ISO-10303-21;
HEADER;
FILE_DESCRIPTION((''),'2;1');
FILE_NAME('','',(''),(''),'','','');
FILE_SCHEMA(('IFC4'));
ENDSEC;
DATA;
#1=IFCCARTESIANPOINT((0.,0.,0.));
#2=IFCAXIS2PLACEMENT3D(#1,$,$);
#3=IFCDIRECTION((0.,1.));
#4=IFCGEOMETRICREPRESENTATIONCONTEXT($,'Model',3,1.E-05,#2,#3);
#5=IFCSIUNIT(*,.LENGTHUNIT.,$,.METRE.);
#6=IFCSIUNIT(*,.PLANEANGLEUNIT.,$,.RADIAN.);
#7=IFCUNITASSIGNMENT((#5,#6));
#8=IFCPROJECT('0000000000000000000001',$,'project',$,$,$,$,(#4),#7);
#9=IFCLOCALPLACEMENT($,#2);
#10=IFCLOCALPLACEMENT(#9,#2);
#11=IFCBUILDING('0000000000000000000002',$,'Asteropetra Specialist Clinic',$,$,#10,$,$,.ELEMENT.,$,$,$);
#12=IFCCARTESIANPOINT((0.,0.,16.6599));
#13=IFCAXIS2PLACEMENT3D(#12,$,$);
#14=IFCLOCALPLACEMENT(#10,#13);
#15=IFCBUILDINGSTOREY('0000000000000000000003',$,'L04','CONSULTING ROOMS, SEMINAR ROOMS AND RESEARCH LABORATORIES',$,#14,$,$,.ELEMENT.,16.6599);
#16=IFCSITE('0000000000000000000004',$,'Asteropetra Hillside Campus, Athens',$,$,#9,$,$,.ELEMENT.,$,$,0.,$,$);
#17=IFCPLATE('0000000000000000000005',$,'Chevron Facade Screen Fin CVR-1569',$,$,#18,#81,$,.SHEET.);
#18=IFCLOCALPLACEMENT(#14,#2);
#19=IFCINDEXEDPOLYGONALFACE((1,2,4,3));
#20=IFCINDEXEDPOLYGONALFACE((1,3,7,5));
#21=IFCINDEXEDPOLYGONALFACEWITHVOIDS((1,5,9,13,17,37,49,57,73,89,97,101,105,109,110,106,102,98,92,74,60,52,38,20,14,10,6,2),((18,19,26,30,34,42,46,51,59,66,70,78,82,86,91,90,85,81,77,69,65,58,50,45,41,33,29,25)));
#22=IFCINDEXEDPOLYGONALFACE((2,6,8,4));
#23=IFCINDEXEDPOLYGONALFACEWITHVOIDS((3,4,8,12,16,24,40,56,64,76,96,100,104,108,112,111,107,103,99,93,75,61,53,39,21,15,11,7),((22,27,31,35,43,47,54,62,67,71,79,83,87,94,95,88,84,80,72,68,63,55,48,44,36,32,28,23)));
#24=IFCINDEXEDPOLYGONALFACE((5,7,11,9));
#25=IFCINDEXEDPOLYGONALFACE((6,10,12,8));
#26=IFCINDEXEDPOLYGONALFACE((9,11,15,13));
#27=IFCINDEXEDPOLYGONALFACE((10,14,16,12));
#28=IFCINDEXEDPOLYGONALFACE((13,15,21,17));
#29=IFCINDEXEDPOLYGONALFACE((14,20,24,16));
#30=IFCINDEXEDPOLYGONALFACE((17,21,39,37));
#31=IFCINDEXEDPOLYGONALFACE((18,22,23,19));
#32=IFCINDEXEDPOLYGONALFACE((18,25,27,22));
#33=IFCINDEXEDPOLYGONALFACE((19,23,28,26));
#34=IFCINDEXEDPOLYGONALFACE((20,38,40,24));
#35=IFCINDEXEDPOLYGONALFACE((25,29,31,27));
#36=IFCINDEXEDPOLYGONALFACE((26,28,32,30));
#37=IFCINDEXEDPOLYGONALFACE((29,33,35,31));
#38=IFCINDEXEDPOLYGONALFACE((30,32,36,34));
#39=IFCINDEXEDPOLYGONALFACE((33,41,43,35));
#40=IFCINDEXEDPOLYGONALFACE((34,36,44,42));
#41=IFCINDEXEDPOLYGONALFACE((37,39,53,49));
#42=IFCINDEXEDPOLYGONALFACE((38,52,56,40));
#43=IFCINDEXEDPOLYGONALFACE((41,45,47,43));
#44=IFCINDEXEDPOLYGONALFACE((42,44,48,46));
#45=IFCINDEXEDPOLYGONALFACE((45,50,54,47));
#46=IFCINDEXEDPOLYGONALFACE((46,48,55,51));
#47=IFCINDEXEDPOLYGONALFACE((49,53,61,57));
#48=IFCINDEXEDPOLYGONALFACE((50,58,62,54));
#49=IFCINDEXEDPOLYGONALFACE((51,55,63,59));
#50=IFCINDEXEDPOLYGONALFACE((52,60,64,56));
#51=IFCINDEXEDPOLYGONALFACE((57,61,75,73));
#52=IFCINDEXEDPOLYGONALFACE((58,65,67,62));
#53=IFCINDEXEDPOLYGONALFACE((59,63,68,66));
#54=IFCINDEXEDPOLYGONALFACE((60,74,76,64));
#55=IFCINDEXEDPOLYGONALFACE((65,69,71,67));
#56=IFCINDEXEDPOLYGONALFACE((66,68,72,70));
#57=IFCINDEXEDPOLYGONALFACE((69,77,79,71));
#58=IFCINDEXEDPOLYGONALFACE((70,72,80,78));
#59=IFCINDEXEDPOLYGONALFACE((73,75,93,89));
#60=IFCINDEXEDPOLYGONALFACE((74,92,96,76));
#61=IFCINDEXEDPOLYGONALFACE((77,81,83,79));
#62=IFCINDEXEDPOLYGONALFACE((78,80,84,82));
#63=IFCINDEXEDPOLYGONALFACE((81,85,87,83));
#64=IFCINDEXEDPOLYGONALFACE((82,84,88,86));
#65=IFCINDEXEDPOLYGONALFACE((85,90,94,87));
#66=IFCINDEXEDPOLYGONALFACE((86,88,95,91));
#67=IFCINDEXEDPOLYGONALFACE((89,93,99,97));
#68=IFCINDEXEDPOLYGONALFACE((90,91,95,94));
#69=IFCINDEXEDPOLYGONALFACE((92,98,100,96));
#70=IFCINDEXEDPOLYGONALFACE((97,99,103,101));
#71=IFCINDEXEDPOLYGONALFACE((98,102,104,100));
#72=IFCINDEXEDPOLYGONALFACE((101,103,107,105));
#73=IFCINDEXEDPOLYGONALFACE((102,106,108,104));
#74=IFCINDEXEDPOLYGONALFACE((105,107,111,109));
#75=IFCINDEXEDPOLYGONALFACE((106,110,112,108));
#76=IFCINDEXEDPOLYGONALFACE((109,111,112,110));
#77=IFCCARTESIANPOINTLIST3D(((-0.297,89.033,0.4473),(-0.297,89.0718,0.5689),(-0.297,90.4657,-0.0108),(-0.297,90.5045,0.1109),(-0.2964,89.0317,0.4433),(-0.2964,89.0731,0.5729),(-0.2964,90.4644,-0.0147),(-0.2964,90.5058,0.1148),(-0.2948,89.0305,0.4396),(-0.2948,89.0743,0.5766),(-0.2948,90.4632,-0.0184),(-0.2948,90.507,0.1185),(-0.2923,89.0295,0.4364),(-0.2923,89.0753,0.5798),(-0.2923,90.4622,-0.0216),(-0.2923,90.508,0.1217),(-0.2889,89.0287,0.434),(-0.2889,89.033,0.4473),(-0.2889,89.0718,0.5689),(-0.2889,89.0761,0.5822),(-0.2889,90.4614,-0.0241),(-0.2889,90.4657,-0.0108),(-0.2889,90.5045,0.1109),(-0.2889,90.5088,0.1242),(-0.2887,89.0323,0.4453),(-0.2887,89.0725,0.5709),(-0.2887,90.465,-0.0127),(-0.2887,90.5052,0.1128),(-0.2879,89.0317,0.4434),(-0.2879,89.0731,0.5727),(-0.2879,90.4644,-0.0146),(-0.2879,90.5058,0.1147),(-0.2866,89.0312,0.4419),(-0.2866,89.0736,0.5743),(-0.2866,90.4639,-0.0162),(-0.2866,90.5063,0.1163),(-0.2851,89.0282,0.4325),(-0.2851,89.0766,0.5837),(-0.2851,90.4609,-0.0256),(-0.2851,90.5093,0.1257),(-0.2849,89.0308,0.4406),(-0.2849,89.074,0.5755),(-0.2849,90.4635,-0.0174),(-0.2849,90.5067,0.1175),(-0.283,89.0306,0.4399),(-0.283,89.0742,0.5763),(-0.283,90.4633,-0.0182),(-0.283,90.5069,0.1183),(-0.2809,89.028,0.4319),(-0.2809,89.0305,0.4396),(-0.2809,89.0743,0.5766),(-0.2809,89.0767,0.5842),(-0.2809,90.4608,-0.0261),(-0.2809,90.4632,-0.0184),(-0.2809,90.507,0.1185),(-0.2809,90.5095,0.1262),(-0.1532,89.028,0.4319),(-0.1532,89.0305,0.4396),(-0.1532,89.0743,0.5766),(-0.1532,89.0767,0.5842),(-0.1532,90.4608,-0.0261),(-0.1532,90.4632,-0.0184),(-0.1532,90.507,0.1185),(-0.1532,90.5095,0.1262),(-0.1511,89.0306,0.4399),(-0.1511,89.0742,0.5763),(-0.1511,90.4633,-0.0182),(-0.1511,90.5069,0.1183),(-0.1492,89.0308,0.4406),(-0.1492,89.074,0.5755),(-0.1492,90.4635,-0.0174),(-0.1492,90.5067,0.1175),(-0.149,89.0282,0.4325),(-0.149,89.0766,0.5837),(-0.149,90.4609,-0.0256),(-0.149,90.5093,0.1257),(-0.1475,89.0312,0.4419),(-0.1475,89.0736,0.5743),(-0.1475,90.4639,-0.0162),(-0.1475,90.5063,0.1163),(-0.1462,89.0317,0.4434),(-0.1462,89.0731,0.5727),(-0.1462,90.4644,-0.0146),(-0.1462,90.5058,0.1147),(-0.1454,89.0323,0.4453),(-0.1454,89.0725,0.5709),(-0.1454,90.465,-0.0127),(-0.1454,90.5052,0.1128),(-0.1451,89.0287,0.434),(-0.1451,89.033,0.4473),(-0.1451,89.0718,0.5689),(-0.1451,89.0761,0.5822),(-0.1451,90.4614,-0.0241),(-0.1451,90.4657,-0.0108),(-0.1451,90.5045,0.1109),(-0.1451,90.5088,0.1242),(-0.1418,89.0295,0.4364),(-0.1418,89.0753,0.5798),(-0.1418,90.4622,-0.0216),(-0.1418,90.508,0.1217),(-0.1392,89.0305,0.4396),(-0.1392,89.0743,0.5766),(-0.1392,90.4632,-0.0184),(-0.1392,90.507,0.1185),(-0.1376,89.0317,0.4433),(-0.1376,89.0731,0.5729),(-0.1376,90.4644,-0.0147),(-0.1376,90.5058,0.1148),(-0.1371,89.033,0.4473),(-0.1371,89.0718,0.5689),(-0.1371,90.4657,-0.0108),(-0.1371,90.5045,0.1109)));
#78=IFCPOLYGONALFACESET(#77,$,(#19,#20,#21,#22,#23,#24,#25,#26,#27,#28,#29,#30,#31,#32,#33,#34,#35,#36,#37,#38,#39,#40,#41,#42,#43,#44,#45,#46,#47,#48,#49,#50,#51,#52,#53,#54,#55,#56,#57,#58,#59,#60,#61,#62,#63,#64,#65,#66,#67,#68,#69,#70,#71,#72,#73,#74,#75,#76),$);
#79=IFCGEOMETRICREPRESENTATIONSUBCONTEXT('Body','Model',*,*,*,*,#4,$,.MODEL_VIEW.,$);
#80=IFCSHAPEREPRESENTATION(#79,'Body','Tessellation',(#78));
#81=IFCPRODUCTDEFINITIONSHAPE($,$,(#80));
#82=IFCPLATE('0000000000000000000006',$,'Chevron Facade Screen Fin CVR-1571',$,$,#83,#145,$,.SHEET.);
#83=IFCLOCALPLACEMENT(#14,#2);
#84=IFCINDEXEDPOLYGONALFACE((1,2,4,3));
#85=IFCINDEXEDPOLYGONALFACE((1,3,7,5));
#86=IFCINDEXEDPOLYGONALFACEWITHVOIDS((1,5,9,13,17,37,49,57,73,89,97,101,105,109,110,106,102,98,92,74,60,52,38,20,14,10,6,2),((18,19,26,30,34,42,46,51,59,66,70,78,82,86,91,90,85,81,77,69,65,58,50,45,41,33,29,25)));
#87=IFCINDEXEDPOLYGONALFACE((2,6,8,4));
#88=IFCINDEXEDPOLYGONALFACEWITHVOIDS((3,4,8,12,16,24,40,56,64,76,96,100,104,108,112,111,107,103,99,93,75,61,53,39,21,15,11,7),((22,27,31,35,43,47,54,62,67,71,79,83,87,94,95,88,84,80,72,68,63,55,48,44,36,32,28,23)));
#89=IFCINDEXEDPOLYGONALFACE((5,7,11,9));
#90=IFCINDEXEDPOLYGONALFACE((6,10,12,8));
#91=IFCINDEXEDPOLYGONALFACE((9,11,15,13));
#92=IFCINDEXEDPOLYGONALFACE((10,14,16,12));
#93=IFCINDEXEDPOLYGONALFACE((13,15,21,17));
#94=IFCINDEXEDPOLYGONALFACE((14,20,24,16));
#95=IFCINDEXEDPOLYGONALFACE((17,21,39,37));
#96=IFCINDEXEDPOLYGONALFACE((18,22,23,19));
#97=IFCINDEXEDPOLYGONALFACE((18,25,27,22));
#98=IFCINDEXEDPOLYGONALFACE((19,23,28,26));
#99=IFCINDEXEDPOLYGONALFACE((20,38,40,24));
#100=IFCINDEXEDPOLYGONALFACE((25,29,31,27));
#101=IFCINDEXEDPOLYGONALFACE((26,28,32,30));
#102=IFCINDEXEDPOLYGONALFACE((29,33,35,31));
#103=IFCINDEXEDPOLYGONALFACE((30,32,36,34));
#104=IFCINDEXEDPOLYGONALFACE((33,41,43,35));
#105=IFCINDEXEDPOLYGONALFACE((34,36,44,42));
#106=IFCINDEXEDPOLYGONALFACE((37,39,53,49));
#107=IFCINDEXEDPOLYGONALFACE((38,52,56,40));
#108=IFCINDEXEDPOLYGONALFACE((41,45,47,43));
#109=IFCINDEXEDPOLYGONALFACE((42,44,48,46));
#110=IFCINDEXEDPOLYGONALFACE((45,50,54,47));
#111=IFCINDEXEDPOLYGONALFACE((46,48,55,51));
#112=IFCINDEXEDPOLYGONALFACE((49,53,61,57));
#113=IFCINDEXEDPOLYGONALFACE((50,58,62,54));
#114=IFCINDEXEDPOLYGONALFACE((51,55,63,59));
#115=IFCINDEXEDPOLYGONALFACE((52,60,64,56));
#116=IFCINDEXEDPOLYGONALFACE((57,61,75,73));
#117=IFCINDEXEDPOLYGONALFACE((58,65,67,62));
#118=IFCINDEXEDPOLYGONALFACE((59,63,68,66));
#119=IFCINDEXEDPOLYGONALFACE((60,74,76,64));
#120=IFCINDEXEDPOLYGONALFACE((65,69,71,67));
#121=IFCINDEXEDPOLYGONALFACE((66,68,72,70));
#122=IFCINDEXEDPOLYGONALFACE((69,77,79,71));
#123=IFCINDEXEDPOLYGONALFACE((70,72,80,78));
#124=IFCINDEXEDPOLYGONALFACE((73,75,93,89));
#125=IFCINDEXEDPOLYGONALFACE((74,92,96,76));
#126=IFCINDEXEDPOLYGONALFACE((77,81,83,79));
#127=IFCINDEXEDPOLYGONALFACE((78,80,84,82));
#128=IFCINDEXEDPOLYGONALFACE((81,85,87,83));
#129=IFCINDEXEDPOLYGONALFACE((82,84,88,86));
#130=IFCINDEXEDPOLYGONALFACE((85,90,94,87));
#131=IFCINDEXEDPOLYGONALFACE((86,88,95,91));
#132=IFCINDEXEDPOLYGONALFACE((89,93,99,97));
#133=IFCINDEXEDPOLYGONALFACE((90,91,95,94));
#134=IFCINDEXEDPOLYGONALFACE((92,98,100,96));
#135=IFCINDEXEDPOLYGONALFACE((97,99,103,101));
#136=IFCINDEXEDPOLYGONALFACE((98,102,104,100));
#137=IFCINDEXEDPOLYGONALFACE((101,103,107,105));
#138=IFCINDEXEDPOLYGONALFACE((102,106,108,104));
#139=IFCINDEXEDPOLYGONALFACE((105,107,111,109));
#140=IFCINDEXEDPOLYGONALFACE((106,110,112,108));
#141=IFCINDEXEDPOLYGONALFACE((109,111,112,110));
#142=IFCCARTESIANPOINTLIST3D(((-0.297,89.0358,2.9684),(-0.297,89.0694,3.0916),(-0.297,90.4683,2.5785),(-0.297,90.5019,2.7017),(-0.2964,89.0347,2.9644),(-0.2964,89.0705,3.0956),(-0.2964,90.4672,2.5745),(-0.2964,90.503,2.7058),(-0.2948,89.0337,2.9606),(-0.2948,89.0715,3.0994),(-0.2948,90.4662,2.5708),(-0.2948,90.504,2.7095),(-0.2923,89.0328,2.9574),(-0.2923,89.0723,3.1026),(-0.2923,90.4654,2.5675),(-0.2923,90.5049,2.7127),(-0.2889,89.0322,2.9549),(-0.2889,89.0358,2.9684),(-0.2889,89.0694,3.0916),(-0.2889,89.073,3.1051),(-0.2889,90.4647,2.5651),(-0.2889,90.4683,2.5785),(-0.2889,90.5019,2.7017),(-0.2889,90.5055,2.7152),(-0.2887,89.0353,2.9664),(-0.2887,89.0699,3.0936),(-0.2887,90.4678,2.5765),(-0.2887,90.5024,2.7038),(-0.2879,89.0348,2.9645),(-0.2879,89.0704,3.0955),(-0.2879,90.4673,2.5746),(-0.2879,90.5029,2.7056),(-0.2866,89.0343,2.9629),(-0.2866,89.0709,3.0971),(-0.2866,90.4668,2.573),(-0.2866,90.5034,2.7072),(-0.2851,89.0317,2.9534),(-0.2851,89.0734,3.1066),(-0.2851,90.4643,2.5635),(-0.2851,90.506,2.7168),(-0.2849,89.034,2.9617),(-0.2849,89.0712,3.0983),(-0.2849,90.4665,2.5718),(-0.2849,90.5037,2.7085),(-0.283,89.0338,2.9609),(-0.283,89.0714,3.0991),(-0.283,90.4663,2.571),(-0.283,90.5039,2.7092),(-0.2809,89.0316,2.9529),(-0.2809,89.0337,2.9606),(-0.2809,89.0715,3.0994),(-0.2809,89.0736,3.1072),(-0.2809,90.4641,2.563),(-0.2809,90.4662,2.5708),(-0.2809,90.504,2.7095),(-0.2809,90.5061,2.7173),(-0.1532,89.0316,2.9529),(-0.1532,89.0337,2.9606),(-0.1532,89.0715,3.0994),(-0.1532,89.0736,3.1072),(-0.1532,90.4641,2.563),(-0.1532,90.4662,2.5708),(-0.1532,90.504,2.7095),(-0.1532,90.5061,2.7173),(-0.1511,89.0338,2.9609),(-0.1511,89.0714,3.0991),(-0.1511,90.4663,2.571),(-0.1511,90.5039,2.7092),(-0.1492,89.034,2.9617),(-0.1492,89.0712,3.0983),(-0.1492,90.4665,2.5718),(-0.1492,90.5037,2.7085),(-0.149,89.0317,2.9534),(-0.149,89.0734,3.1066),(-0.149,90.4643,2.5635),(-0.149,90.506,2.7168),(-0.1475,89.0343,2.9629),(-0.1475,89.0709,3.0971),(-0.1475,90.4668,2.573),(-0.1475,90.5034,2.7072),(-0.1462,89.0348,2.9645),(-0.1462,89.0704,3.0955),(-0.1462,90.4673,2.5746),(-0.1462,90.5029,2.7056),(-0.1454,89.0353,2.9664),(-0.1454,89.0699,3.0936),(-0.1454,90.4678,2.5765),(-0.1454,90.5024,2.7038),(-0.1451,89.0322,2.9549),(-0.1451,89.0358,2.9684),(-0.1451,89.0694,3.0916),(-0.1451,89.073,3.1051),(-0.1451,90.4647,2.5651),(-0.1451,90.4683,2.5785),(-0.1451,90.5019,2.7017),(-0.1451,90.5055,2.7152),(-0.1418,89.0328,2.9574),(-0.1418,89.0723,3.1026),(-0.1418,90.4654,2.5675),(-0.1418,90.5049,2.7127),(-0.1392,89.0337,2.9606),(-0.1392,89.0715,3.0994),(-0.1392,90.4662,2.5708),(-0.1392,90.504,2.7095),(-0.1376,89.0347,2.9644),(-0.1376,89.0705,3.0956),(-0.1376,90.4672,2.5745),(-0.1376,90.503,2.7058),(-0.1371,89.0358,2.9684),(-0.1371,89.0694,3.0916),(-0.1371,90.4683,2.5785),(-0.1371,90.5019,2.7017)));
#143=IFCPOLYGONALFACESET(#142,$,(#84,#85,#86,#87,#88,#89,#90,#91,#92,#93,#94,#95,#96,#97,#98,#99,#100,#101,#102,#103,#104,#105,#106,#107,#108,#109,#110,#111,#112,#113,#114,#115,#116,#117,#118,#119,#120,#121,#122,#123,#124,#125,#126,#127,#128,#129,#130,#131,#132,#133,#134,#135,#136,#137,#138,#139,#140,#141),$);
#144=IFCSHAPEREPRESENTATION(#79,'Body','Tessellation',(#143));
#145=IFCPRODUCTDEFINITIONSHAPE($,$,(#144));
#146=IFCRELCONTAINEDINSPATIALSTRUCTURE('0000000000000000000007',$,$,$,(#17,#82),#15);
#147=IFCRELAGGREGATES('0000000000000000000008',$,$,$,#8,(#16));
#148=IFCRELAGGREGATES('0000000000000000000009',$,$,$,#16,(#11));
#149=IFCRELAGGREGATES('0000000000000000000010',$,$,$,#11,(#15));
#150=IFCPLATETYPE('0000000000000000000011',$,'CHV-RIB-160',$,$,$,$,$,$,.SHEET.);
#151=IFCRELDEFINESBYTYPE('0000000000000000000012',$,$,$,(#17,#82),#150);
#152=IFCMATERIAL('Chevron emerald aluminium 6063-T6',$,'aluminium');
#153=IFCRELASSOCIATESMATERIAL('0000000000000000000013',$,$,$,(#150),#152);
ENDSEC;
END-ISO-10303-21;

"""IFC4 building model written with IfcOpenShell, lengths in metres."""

from ifc_helpers import new_model, si_unit, direction, frame, origin, origin_2d, place, context, subcontext, project, spatial, hollow_rectangle, extrude, material, material_profile, profile_set, type_object, element, save


model = new_model("IFC4")

# Units and contexts
model_context = context("Model", 3, precision=1e-05, world=origin(), true_north=direction((0.0, 1.0)))
body_context = subcontext(model_context, "Body", "Model", "MODEL_VIEW")
ifc_project = project(units=[si_unit("LENGTHUNIT", "METRE"), si_unit("PLANEANGLEUNIT", "RADIAN")], contexts=[model_context])

# Site, building, storey
site_placement = place(None, origin())
site = spatial("IfcSite", under=ifc_project, at=site_placement, Name="Asteropetra Hillside Campus, Athens", CompositionType="ELEMENT", RefElevation=0.0)
building_placement = place(site_placement, origin())
building = spatial("IfcBuilding", under=site, at=building_placement, Name="Asteropetra Specialist Clinic", CompositionType="ELEMENT")
storey_placement = place(building_placement, frame((0.0, 0.0, 16.6599)))
storey = spatial("IfcBuildingStorey", under=building, at=storey_placement, Name="L04", Description="CONSULTING ROOMS, SEMINAR ROOMS AND RESEARCH LABORATORIES", CompositionType="ELEMENT", Elevation=16.6599)

# Plates
ifc_material_1 = material(Name="Chevron emerald aluminium 6063-T6", Category="aluminium")
ifc_material_profile = material_profile(ifc_material_1, hollow_rectangle(XDim=0.1599, YDim=0.1599, WallThickness=0.0081, InnerFilletRadius=0.0081, OuterFilletRadius=0.0161, at=origin_2d()), Name="SHS 160x160x8.0")
ifc_profile_set = profile_set([ifc_material_profile], Name="Chevron emerald aluminium 6063-T6")
plate_type_1 = type_object("IfcPlateType", Name="CHV-RIB-160", PredefinedType="SHEET", material=ifc_profile_set)
plate_1_placement = place(storey_placement, frame((-0.217, 90.4851, 0.05), z_axis=(0.0, -0.952507, 0.304517), x_axis=(1.0, 0.0, 0.0)))
element("IfcPlate", 1, at=plate_1_placement, inside=storey, type_object=plate_type_1, Name="Chevron Facade Screen Fin CVR-1569", PredefinedType="SHEET", context=body_context, shape_type="SweptSolid", body=[
    extrude(hollow_rectangle(XDim=0.1599, YDim=0.1599, WallThickness=0.0081, InnerFilletRadius=0.0081, OuterFilletRadius=0.0161, at=origin_2d()), origin(), (0.0, 0.0, 1.0), 1.5042),
])
plate_2_placement = place(storey_placement, frame((-0.217, 90.4851, 2.6401), z_axis=(0.0, -0.964904, 0.262603), x_axis=(1.0, 0.0, 0.0)))
element("IfcPlate", 2, at=plate_2_placement, inside=storey, type_object=plate_type_1, Name="Chevron Facade Screen Fin CVR-1571", PredefinedType="SHEET", context=body_context, shape_type="SweptSolid", body=[
    extrude(hollow_rectangle(XDim=0.1599, YDim=0.1599, WallThickness=0.0081, InnerFilletRadius=0.0081, OuterFilletRadius=0.0161, at=origin_2d()), origin(), (0.0, 0.0, 1.0), 1.4846),
])

save(model, "model.ifc")
